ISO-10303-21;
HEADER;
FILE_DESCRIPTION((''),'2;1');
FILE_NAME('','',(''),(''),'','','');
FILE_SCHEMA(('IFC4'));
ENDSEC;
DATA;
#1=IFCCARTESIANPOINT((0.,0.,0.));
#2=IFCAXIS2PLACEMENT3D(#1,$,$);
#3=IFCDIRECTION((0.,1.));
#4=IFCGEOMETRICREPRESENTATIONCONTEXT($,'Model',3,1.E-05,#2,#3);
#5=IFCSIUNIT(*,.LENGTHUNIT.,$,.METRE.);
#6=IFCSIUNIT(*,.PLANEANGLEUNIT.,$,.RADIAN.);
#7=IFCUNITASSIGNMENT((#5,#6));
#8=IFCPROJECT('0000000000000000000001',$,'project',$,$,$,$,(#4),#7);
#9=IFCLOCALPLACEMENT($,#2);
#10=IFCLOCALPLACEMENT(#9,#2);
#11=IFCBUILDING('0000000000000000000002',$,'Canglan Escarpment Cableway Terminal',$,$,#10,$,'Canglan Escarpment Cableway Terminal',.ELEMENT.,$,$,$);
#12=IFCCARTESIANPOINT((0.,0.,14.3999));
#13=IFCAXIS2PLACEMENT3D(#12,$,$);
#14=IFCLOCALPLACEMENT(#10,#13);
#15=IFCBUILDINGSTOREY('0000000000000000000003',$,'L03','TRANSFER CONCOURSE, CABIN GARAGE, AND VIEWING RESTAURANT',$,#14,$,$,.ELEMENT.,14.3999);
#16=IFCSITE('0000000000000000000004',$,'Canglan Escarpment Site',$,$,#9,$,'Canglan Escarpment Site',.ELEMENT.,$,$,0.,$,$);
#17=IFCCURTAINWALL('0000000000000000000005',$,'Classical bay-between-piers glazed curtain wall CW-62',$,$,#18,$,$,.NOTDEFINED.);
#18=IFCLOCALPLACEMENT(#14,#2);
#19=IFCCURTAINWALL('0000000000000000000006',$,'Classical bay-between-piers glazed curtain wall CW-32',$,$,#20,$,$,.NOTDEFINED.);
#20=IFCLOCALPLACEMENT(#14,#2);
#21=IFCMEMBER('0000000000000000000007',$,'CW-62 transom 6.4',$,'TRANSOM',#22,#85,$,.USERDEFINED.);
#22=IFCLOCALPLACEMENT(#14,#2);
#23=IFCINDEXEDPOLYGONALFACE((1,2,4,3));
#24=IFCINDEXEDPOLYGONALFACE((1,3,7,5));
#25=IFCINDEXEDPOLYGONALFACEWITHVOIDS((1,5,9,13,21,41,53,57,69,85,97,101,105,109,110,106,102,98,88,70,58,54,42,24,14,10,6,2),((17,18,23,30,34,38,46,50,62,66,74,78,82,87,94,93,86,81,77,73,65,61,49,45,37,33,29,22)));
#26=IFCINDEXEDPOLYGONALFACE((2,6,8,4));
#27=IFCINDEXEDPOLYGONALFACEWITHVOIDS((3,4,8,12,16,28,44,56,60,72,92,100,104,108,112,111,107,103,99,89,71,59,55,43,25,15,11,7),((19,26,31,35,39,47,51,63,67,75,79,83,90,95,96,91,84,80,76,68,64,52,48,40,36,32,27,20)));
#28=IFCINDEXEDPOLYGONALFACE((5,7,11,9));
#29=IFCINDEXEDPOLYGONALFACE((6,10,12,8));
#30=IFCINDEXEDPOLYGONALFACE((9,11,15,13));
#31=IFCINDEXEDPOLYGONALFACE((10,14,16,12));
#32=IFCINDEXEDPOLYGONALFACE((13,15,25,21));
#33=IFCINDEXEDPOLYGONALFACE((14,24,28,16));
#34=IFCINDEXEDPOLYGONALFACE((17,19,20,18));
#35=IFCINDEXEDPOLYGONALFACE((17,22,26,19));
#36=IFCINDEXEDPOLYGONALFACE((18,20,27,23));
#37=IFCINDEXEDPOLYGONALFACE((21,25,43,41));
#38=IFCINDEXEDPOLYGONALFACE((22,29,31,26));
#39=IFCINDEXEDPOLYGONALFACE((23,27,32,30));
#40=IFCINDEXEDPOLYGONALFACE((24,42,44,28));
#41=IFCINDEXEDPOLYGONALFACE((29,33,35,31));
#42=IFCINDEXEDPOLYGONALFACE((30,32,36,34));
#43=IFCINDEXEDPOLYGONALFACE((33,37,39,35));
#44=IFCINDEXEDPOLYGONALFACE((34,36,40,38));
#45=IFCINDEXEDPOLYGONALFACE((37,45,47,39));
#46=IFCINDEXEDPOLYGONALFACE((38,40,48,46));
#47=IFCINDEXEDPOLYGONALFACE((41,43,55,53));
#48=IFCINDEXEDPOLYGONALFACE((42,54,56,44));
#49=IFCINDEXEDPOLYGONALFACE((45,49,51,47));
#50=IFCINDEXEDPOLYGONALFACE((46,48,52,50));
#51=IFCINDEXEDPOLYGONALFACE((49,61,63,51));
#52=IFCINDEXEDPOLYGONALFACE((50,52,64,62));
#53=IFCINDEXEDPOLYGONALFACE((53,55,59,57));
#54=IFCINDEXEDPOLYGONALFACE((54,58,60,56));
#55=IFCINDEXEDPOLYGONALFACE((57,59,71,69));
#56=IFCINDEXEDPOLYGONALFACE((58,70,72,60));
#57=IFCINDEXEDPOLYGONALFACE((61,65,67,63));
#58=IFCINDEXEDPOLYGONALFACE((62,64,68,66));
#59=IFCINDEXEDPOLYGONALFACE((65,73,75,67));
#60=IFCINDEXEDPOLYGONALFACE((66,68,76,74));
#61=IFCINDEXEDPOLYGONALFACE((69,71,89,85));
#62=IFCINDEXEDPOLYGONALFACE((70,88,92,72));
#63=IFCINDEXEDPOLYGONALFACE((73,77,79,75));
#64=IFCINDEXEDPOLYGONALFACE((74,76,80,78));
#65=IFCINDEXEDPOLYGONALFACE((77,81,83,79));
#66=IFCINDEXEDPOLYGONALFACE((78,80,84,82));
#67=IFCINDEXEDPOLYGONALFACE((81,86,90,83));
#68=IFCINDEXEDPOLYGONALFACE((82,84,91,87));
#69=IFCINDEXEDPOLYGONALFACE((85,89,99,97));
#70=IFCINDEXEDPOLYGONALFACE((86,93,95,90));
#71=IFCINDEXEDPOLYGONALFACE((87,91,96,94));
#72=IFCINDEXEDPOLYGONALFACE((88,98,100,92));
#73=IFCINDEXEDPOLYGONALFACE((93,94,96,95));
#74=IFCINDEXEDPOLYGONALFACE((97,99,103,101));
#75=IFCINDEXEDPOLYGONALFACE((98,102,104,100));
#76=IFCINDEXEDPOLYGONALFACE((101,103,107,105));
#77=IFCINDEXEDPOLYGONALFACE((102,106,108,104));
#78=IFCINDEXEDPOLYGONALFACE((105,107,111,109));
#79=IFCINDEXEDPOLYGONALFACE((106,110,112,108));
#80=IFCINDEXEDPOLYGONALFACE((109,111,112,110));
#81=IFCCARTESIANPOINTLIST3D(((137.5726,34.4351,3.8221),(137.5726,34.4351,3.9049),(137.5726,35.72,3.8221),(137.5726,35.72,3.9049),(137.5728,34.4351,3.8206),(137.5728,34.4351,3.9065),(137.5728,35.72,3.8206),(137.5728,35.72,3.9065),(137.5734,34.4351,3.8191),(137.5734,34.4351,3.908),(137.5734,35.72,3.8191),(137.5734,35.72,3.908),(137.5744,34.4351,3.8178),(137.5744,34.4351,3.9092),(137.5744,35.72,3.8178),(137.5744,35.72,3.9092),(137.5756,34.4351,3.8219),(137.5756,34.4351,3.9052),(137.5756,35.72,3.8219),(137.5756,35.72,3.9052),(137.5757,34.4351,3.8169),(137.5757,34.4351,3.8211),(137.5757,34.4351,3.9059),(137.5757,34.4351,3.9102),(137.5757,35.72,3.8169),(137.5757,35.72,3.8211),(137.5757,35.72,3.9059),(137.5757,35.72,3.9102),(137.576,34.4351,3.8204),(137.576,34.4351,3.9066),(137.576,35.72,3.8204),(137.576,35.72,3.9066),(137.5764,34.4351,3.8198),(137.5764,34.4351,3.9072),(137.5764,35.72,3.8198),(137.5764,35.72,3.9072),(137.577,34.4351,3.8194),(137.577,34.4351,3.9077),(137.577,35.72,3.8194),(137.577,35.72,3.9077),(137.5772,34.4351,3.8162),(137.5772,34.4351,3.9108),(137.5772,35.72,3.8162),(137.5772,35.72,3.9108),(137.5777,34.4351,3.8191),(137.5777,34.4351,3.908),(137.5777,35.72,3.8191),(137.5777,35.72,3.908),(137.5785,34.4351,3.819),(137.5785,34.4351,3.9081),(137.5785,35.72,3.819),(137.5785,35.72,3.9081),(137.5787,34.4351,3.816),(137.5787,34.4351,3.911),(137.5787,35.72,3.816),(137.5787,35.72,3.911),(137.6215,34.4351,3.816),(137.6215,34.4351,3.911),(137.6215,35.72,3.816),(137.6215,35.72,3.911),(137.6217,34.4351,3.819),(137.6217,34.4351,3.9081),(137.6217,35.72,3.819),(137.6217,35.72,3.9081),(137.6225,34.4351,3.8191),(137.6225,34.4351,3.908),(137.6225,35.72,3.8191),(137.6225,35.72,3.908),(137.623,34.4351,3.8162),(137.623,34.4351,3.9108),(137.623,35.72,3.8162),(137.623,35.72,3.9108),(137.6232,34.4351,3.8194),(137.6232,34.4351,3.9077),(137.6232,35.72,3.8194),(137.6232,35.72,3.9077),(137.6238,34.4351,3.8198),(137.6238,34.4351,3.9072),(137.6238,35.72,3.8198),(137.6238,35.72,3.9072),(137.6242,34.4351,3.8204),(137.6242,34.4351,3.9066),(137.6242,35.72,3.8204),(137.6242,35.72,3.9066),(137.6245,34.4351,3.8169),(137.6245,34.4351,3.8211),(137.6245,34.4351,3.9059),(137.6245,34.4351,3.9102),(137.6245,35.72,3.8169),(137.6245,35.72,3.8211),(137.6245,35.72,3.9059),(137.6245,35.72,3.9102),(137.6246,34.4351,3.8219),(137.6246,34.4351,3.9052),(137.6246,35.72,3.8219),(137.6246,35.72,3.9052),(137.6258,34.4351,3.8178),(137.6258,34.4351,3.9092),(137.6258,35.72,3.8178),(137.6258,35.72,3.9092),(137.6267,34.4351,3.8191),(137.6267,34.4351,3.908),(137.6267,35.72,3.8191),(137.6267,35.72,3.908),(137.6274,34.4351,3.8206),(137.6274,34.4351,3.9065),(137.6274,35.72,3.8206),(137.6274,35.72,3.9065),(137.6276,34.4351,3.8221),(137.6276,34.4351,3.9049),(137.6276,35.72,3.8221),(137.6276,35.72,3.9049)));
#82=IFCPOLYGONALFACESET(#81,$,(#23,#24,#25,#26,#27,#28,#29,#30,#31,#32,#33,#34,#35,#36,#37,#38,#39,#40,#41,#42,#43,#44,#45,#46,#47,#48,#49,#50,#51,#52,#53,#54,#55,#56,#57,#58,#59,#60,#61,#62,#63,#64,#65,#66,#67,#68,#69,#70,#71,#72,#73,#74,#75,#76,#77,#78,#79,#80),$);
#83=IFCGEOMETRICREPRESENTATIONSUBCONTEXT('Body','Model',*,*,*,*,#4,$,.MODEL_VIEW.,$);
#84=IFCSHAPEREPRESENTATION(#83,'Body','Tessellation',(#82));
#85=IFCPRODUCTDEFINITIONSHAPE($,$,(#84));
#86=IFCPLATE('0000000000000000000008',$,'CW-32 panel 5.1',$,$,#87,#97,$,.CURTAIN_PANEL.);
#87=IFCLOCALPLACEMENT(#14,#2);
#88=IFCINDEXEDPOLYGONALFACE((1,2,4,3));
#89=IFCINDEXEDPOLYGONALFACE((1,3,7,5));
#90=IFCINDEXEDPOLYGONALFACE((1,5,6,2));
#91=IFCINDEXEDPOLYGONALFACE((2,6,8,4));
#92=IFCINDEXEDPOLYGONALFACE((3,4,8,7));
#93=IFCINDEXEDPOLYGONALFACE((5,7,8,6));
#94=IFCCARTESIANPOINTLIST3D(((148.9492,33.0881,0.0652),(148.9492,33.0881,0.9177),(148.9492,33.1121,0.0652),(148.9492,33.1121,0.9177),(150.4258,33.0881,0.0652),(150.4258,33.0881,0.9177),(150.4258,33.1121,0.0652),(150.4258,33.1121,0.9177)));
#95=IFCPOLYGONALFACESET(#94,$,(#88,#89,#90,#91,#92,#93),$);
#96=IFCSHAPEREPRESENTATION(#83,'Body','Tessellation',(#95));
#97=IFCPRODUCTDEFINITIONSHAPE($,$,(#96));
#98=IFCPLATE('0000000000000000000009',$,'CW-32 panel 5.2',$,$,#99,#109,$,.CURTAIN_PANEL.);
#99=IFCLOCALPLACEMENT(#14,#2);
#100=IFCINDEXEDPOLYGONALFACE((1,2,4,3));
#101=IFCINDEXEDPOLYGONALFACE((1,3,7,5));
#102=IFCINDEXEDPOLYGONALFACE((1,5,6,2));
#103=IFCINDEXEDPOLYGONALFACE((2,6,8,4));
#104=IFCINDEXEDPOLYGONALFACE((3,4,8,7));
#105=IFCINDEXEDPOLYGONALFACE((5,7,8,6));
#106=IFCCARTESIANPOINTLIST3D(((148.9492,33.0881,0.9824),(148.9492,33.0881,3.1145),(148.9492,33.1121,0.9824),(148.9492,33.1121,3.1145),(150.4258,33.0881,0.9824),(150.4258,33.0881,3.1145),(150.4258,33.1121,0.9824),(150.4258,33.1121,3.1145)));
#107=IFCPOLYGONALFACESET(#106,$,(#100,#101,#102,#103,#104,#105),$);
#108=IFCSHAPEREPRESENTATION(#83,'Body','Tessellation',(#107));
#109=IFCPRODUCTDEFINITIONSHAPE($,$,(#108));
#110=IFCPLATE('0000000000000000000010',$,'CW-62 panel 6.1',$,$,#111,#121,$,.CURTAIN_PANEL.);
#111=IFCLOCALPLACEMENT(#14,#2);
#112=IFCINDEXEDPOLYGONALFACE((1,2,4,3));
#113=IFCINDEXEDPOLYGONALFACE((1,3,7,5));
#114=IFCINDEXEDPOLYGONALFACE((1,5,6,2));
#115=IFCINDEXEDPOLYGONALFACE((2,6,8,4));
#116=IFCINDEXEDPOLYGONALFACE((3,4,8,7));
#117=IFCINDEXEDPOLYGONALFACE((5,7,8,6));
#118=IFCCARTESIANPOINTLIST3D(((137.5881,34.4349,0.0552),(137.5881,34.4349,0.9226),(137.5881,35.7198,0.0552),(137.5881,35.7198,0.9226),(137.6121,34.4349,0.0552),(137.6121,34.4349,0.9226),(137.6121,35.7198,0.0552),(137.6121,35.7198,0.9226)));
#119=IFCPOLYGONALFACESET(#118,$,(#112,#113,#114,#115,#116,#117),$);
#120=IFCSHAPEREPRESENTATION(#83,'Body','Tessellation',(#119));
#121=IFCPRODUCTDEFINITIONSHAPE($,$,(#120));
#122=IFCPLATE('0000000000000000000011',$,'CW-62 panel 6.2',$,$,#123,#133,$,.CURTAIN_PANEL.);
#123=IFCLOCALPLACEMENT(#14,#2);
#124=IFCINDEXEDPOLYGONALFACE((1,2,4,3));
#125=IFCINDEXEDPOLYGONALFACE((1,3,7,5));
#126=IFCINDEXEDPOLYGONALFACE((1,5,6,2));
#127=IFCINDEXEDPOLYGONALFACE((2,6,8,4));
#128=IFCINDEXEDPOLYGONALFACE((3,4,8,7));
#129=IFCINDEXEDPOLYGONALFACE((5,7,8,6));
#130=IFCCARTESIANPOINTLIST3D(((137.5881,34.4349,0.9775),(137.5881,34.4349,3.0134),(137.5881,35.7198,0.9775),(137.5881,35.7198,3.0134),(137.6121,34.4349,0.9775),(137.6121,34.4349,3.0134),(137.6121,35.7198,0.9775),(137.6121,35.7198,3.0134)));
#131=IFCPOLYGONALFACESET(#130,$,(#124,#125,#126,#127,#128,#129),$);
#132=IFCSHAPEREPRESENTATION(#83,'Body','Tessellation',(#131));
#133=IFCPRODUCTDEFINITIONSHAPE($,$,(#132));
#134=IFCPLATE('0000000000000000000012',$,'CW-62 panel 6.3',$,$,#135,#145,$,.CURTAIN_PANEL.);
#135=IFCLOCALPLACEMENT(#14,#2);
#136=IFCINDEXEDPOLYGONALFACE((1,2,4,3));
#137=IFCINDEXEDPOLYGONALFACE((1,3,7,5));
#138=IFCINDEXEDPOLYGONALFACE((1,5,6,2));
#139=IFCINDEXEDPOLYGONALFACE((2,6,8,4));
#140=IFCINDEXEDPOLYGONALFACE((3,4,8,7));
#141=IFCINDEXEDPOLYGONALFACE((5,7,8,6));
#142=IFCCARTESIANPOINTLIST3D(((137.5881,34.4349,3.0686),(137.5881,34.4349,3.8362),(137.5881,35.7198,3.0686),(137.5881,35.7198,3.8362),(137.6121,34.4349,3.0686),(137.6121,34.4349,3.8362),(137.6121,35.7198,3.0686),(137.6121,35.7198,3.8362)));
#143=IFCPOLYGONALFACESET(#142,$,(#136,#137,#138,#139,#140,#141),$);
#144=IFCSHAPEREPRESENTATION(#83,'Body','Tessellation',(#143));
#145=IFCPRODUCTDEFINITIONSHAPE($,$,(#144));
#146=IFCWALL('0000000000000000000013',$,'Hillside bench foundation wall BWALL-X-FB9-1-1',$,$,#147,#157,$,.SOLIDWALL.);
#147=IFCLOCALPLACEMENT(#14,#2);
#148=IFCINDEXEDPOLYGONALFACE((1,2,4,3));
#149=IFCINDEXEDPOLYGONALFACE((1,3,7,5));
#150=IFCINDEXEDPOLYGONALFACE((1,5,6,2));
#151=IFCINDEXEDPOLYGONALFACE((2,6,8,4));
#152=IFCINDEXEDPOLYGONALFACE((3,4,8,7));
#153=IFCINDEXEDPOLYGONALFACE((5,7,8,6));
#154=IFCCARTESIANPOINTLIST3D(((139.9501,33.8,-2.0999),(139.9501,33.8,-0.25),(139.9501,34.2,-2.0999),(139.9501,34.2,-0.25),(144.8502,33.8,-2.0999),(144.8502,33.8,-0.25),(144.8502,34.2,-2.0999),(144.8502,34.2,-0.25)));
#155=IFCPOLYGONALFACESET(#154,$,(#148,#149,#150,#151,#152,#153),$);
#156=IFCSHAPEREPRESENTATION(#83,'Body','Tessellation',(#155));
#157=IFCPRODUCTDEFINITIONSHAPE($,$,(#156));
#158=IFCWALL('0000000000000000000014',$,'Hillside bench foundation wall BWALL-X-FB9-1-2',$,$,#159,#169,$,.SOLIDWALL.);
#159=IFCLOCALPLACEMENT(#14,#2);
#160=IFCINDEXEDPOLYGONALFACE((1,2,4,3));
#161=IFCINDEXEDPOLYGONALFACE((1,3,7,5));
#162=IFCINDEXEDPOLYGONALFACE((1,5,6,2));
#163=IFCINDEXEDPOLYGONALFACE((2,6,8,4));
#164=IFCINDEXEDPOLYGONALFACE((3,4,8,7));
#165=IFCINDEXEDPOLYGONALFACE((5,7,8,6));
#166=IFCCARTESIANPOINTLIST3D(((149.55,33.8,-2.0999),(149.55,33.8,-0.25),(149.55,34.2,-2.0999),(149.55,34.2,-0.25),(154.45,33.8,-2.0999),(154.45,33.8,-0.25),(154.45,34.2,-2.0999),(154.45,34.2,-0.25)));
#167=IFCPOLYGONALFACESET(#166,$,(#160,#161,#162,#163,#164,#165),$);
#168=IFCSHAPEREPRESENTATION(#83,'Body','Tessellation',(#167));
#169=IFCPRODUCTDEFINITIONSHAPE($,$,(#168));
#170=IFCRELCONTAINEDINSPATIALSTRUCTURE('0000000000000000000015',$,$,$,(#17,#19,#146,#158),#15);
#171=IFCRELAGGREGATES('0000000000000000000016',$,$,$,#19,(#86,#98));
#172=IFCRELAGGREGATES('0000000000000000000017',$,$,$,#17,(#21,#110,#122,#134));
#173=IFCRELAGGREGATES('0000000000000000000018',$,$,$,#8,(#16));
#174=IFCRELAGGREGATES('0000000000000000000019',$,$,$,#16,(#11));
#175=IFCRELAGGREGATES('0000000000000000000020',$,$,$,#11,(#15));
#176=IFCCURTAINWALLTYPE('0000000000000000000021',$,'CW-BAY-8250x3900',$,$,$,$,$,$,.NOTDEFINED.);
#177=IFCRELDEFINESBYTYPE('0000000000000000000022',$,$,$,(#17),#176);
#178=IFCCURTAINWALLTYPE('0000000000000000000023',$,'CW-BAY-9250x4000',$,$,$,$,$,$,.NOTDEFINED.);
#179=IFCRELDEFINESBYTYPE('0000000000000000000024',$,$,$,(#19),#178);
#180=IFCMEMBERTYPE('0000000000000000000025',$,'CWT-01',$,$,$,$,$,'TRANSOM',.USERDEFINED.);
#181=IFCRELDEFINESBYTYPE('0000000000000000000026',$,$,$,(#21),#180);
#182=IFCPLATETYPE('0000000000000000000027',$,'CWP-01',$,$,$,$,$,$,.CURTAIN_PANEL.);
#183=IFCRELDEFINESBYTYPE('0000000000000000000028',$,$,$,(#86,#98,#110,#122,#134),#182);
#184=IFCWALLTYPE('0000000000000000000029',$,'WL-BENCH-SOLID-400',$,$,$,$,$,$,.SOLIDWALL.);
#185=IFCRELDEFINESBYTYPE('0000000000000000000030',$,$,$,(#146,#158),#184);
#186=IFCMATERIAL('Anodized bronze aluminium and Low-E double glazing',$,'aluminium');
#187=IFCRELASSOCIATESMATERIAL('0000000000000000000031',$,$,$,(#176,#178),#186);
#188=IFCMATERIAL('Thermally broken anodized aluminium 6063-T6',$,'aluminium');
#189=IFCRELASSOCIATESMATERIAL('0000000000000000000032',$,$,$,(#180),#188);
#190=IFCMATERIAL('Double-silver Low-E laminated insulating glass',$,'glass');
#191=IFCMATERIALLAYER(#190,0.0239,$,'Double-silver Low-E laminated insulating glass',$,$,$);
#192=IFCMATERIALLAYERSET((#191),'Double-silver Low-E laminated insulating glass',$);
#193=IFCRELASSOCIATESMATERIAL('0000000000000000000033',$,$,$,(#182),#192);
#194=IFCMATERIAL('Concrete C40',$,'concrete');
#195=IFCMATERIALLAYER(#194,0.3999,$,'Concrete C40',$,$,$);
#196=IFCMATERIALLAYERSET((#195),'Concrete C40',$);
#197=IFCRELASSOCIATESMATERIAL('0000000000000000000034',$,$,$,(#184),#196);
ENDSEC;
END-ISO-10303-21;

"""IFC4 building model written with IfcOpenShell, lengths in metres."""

from ifc_helpers import new_model, si_unit, direction, frame, frame_2d, origin, origin_2d, place, context, subcontext, project, spatial, rectangle, hollow_rectangle, extrude, material, layer, layer_set, material_profile, profile_set, type_object, element, aggregate, save


model = new_model("IFC4")

# Units and contexts
model_context = context("Model", 3, precision=1e-05, world=origin(), true_north=direction((0.0, 1.0)))
body_context = subcontext(model_context, "Body", "Model", "MODEL_VIEW")
ifc_project = project(units=[si_unit("LENGTHUNIT", "METRE"), si_unit("PLANEANGLEUNIT", "RADIAN")], contexts=[model_context])

# Site, building, storey
site_placement = place(None, origin())
site = spatial("IfcSite", under=ifc_project, at=site_placement, Name="Canglan Escarpment Site", LongName="Canglan Escarpment Site", CompositionType="ELEMENT", RefElevation=0.0)
building_placement = place(site_placement, origin())
building = spatial("IfcBuilding", under=site, at=building_placement, Name="Canglan Escarpment Cableway Terminal", LongName="Canglan Escarpment Cableway Terminal", CompositionType="ELEMENT")
storey_placement = place(building_placement, frame((0.0, 0.0, 14.3999)))
storey = spatial("IfcBuildingStorey", under=building, at=storey_placement, Name="L03", Description="TRANSFER CONCOURSE, CABIN GARAGE, AND VIEWING RESTAURANT", CompositionType="ELEMENT", Elevation=14.3999)

# Shared definitions
ifc_material_1 = material(Name="Concrete C40", Category="concrete")

# Curtain wall
ifc_material_2 = material(Name="Anodized bronze aluminium and Low-E double glazing", Category="aluminium")
curtain_wall_type_1 = type_object("IfcCurtainWallType", Name="CW-BAY-8250x3900", PredefinedType="NOTDEFINED", material=ifc_material_2)
curtain_wall_1_placement = place(storey_placement, origin())
curtain_wall_1 = element("IfcCurtainWall", 1, at=curtain_wall_1_placement, inside=storey, type_object=curtain_wall_type_1, Name="Classical bay-between-piers glazed curtain wall CW-62", PredefinedType="NOTDEFINED")
ifc_material_3 = material(Name="Thermally broken anodized aluminium 6063-T6", Category="aluminium")

# Curtain wall
curtain_wall_type_2 = type_object("IfcCurtainWallType", Name="CW-BAY-9250x4000", PredefinedType="NOTDEFINED", material=ifc_material_2)
curtain_wall_2_placement = place(storey_placement, origin())
curtain_wall_2 = element("IfcCurtainWall", 2, at=curtain_wall_2_placement, inside=storey, type_object=curtain_wall_type_2, Name="Classical bay-between-piers glazed curtain wall CW-32", PredefinedType="NOTDEFINED")

# Member
ifc_material_profile_1 = material_profile(ifc_material_3, hollow_rectangle(XDim=0.0549, YDim=0.095, WallThickness=0.0029, InnerFilletRadius=0.0029, OuterFilletRadius=0.0061, at=origin_2d()), Name="ALU-TRAN 55x95x3")
ifc_profile_set_1 = profile_set([ifc_material_profile_1], Name="Thermally broken anodized aluminium 6063-T6")
member_type_1 = type_object("IfcMemberType", Name="CWT-01", ElementType="TRANSOM", PredefinedType="USERDEFINED", material=ifc_profile_set_1)
member_1_placement = place(storey_placement, frame((137.6001, 35.72, 3.8635), z_axis=(0.0, -1.0, 0.0), x_axis=(1.0, 0.0, 0.0)))
member_1 = element("IfcMember", 3, at=member_1_placement, type_object=member_type_1, Name="CW-62 transom 6.4", ObjectType="TRANSOM", PredefinedType="USERDEFINED", context=body_context, shape_type="SweptSolid", body=[
    extrude(hollow_rectangle(XDim=0.0549, YDim=0.095, WallThickness=0.0029, InnerFilletRadius=0.0029, OuterFilletRadius=0.0061, at=origin_2d()), origin(), (0.0, 0.0, 1.0), 1.2849),
])

# Plates
ifc_material_4 = material(Name="Double-silver Low-E laminated insulating glass", Category="glass")
ifc_layer_1 = layer(ifc_material_4, 0.0239, Name="Double-silver Low-E laminated insulating glass")
ifc_layer_set_1 = layer_set([ifc_layer_1], Name="Double-silver Low-E laminated insulating glass")
plate_type = type_object("IfcPlateType", Name="CWP-01", PredefinedType="CURTAIN_PANEL", material=ifc_layer_set_1)
plate_1_placement = place(storey_placement, frame((149.6875, 33.1001, 0.0652), z_axis=(0.0, 0.0, 1.0), x_axis=(-1.0, 0.0, 0.0)))
plate_1 = element("IfcPlate", 4, at=plate_1_placement, type_object=plate_type, Name="CW-32 panel 5.1", PredefinedType="CURTAIN_PANEL", context=body_context, shape_type="SweptSolid", body=[
    extrude(rectangle(XDim=1.4766, YDim=0.0239, at=origin_2d()), origin(), (0.0, 0.0, 1.0), 0.8525),
])
plate_2_placement = place(storey_placement, frame((149.6875, 33.1001, 0.9824), z_axis=(0.0, 0.0, 1.0), x_axis=(-1.0, 0.0, 0.0)))
plate_2 = element("IfcPlate", 5, at=plate_2_placement, type_object=plate_type, Name="CW-32 panel 5.2", PredefinedType="CURTAIN_PANEL", context=body_context, shape_type="SweptSolid", body=[
    extrude(rectangle(XDim=1.4766, YDim=0.0239, at=origin_2d()), origin(), (0.0, 0.0, 1.0), 2.1321),
])
aggregate(curtain_wall_2, [plate_1, plate_2])
plate_3_placement = place(storey_placement, frame((137.6001, 35.0774, 0.0552), z_axis=(0.0, 0.0, 1.0), x_axis=(0.0, -1.0, 0.0)))
plate_3 = element("IfcPlate", 6, at=plate_3_placement, type_object=plate_type, Name="CW-62 panel 6.1", PredefinedType="CURTAIN_PANEL", context=body_context, shape_type="SweptSolid", body=[
    extrude(rectangle(XDim=1.2849, YDim=0.0239, at=origin_2d()), origin(), (0.0, 0.0, 1.0), 0.8674),
])
plate_4_placement = place(storey_placement, frame((137.6001, 35.0774, 0.9775), z_axis=(0.0, 0.0, 1.0), x_axis=(0.0, -1.0, 0.0)))
plate_4 = element("IfcPlate", 7, at=plate_4_placement, type_object=plate_type, Name="CW-62 panel 6.2", PredefinedType="CURTAIN_PANEL", context=body_context, shape_type="SweptSolid", body=[
    extrude(rectangle(XDim=1.2849, YDim=0.0239, at=origin_2d()), origin(), (0.0, 0.0, 1.0), 2.0359),
])
plate_5_placement = place(storey_placement, frame((137.6001, 35.0774, 3.0686), z_axis=(0.0, 0.0, 1.0), x_axis=(0.0, -1.0, 0.0)))
plate_5 = element("IfcPlate", 8, at=plate_5_placement, type_object=plate_type, Name="CW-62 panel 6.3", PredefinedType="CURTAIN_PANEL", context=body_context, shape_type="SweptSolid", body=[
    extrude(rectangle(XDim=1.2849, YDim=0.0239, at=origin_2d()), origin(), (0.0, 0.0, 1.0), 0.7676),
])
aggregate(curtain_wall_1, [member_1, plate_3, plate_4, plate_5])

# Walls
ifc_layer_2 = layer(ifc_material_1, 0.3999, Name="Concrete C40")
ifc_layer_set_2 = layer_set([ifc_layer_2], Name="Concrete C40")
wall_type_1 = type_object("IfcWallType", Name="WL-BENCH-SOLID-400", PredefinedType="SOLIDWALL", material=ifc_layer_set_2)
wall_1_placement = place(storey_placement, frame((139.95, 34.0, -2.0999), z_axis=(0.0, 0.0, 1.0), x_axis=(1.0, 0.0, 0.0)))
element("IfcWall", 9, at=wall_1_placement, inside=storey, type_object=wall_type_1, Name="Hillside bench foundation wall BWALL-X-FB9-1-1", PredefinedType="SOLIDWALL", context=body_context, shape_type="SweptSolid", body=[
    extrude(rectangle(XDim=4.9001, YDim=0.3999, at=frame_2d((2.4502, 0.0))), origin(), (0.0, 0.0, 1.0), 1.8499),
])
wall_2_placement = place(storey_placement, frame((149.55, 34.0, -2.0999), z_axis=(0.0, 0.0, 1.0), x_axis=(1.0, 0.0, 0.0)))
element("IfcWall", 10, at=wall_2_placement, inside=storey, type_object=wall_type_1, Name="Hillside bench foundation wall BWALL-X-FB9-1-2", PredefinedType="SOLIDWALL", context=body_context, shape_type="SweptSolid", body=[
    extrude(rectangle(XDim=4.8999, YDim=0.3999, at=frame_2d((2.45, 0.0))), origin(), (0.0, 0.0, 1.0), 1.8499),
])

save(model, "model.ifc")
